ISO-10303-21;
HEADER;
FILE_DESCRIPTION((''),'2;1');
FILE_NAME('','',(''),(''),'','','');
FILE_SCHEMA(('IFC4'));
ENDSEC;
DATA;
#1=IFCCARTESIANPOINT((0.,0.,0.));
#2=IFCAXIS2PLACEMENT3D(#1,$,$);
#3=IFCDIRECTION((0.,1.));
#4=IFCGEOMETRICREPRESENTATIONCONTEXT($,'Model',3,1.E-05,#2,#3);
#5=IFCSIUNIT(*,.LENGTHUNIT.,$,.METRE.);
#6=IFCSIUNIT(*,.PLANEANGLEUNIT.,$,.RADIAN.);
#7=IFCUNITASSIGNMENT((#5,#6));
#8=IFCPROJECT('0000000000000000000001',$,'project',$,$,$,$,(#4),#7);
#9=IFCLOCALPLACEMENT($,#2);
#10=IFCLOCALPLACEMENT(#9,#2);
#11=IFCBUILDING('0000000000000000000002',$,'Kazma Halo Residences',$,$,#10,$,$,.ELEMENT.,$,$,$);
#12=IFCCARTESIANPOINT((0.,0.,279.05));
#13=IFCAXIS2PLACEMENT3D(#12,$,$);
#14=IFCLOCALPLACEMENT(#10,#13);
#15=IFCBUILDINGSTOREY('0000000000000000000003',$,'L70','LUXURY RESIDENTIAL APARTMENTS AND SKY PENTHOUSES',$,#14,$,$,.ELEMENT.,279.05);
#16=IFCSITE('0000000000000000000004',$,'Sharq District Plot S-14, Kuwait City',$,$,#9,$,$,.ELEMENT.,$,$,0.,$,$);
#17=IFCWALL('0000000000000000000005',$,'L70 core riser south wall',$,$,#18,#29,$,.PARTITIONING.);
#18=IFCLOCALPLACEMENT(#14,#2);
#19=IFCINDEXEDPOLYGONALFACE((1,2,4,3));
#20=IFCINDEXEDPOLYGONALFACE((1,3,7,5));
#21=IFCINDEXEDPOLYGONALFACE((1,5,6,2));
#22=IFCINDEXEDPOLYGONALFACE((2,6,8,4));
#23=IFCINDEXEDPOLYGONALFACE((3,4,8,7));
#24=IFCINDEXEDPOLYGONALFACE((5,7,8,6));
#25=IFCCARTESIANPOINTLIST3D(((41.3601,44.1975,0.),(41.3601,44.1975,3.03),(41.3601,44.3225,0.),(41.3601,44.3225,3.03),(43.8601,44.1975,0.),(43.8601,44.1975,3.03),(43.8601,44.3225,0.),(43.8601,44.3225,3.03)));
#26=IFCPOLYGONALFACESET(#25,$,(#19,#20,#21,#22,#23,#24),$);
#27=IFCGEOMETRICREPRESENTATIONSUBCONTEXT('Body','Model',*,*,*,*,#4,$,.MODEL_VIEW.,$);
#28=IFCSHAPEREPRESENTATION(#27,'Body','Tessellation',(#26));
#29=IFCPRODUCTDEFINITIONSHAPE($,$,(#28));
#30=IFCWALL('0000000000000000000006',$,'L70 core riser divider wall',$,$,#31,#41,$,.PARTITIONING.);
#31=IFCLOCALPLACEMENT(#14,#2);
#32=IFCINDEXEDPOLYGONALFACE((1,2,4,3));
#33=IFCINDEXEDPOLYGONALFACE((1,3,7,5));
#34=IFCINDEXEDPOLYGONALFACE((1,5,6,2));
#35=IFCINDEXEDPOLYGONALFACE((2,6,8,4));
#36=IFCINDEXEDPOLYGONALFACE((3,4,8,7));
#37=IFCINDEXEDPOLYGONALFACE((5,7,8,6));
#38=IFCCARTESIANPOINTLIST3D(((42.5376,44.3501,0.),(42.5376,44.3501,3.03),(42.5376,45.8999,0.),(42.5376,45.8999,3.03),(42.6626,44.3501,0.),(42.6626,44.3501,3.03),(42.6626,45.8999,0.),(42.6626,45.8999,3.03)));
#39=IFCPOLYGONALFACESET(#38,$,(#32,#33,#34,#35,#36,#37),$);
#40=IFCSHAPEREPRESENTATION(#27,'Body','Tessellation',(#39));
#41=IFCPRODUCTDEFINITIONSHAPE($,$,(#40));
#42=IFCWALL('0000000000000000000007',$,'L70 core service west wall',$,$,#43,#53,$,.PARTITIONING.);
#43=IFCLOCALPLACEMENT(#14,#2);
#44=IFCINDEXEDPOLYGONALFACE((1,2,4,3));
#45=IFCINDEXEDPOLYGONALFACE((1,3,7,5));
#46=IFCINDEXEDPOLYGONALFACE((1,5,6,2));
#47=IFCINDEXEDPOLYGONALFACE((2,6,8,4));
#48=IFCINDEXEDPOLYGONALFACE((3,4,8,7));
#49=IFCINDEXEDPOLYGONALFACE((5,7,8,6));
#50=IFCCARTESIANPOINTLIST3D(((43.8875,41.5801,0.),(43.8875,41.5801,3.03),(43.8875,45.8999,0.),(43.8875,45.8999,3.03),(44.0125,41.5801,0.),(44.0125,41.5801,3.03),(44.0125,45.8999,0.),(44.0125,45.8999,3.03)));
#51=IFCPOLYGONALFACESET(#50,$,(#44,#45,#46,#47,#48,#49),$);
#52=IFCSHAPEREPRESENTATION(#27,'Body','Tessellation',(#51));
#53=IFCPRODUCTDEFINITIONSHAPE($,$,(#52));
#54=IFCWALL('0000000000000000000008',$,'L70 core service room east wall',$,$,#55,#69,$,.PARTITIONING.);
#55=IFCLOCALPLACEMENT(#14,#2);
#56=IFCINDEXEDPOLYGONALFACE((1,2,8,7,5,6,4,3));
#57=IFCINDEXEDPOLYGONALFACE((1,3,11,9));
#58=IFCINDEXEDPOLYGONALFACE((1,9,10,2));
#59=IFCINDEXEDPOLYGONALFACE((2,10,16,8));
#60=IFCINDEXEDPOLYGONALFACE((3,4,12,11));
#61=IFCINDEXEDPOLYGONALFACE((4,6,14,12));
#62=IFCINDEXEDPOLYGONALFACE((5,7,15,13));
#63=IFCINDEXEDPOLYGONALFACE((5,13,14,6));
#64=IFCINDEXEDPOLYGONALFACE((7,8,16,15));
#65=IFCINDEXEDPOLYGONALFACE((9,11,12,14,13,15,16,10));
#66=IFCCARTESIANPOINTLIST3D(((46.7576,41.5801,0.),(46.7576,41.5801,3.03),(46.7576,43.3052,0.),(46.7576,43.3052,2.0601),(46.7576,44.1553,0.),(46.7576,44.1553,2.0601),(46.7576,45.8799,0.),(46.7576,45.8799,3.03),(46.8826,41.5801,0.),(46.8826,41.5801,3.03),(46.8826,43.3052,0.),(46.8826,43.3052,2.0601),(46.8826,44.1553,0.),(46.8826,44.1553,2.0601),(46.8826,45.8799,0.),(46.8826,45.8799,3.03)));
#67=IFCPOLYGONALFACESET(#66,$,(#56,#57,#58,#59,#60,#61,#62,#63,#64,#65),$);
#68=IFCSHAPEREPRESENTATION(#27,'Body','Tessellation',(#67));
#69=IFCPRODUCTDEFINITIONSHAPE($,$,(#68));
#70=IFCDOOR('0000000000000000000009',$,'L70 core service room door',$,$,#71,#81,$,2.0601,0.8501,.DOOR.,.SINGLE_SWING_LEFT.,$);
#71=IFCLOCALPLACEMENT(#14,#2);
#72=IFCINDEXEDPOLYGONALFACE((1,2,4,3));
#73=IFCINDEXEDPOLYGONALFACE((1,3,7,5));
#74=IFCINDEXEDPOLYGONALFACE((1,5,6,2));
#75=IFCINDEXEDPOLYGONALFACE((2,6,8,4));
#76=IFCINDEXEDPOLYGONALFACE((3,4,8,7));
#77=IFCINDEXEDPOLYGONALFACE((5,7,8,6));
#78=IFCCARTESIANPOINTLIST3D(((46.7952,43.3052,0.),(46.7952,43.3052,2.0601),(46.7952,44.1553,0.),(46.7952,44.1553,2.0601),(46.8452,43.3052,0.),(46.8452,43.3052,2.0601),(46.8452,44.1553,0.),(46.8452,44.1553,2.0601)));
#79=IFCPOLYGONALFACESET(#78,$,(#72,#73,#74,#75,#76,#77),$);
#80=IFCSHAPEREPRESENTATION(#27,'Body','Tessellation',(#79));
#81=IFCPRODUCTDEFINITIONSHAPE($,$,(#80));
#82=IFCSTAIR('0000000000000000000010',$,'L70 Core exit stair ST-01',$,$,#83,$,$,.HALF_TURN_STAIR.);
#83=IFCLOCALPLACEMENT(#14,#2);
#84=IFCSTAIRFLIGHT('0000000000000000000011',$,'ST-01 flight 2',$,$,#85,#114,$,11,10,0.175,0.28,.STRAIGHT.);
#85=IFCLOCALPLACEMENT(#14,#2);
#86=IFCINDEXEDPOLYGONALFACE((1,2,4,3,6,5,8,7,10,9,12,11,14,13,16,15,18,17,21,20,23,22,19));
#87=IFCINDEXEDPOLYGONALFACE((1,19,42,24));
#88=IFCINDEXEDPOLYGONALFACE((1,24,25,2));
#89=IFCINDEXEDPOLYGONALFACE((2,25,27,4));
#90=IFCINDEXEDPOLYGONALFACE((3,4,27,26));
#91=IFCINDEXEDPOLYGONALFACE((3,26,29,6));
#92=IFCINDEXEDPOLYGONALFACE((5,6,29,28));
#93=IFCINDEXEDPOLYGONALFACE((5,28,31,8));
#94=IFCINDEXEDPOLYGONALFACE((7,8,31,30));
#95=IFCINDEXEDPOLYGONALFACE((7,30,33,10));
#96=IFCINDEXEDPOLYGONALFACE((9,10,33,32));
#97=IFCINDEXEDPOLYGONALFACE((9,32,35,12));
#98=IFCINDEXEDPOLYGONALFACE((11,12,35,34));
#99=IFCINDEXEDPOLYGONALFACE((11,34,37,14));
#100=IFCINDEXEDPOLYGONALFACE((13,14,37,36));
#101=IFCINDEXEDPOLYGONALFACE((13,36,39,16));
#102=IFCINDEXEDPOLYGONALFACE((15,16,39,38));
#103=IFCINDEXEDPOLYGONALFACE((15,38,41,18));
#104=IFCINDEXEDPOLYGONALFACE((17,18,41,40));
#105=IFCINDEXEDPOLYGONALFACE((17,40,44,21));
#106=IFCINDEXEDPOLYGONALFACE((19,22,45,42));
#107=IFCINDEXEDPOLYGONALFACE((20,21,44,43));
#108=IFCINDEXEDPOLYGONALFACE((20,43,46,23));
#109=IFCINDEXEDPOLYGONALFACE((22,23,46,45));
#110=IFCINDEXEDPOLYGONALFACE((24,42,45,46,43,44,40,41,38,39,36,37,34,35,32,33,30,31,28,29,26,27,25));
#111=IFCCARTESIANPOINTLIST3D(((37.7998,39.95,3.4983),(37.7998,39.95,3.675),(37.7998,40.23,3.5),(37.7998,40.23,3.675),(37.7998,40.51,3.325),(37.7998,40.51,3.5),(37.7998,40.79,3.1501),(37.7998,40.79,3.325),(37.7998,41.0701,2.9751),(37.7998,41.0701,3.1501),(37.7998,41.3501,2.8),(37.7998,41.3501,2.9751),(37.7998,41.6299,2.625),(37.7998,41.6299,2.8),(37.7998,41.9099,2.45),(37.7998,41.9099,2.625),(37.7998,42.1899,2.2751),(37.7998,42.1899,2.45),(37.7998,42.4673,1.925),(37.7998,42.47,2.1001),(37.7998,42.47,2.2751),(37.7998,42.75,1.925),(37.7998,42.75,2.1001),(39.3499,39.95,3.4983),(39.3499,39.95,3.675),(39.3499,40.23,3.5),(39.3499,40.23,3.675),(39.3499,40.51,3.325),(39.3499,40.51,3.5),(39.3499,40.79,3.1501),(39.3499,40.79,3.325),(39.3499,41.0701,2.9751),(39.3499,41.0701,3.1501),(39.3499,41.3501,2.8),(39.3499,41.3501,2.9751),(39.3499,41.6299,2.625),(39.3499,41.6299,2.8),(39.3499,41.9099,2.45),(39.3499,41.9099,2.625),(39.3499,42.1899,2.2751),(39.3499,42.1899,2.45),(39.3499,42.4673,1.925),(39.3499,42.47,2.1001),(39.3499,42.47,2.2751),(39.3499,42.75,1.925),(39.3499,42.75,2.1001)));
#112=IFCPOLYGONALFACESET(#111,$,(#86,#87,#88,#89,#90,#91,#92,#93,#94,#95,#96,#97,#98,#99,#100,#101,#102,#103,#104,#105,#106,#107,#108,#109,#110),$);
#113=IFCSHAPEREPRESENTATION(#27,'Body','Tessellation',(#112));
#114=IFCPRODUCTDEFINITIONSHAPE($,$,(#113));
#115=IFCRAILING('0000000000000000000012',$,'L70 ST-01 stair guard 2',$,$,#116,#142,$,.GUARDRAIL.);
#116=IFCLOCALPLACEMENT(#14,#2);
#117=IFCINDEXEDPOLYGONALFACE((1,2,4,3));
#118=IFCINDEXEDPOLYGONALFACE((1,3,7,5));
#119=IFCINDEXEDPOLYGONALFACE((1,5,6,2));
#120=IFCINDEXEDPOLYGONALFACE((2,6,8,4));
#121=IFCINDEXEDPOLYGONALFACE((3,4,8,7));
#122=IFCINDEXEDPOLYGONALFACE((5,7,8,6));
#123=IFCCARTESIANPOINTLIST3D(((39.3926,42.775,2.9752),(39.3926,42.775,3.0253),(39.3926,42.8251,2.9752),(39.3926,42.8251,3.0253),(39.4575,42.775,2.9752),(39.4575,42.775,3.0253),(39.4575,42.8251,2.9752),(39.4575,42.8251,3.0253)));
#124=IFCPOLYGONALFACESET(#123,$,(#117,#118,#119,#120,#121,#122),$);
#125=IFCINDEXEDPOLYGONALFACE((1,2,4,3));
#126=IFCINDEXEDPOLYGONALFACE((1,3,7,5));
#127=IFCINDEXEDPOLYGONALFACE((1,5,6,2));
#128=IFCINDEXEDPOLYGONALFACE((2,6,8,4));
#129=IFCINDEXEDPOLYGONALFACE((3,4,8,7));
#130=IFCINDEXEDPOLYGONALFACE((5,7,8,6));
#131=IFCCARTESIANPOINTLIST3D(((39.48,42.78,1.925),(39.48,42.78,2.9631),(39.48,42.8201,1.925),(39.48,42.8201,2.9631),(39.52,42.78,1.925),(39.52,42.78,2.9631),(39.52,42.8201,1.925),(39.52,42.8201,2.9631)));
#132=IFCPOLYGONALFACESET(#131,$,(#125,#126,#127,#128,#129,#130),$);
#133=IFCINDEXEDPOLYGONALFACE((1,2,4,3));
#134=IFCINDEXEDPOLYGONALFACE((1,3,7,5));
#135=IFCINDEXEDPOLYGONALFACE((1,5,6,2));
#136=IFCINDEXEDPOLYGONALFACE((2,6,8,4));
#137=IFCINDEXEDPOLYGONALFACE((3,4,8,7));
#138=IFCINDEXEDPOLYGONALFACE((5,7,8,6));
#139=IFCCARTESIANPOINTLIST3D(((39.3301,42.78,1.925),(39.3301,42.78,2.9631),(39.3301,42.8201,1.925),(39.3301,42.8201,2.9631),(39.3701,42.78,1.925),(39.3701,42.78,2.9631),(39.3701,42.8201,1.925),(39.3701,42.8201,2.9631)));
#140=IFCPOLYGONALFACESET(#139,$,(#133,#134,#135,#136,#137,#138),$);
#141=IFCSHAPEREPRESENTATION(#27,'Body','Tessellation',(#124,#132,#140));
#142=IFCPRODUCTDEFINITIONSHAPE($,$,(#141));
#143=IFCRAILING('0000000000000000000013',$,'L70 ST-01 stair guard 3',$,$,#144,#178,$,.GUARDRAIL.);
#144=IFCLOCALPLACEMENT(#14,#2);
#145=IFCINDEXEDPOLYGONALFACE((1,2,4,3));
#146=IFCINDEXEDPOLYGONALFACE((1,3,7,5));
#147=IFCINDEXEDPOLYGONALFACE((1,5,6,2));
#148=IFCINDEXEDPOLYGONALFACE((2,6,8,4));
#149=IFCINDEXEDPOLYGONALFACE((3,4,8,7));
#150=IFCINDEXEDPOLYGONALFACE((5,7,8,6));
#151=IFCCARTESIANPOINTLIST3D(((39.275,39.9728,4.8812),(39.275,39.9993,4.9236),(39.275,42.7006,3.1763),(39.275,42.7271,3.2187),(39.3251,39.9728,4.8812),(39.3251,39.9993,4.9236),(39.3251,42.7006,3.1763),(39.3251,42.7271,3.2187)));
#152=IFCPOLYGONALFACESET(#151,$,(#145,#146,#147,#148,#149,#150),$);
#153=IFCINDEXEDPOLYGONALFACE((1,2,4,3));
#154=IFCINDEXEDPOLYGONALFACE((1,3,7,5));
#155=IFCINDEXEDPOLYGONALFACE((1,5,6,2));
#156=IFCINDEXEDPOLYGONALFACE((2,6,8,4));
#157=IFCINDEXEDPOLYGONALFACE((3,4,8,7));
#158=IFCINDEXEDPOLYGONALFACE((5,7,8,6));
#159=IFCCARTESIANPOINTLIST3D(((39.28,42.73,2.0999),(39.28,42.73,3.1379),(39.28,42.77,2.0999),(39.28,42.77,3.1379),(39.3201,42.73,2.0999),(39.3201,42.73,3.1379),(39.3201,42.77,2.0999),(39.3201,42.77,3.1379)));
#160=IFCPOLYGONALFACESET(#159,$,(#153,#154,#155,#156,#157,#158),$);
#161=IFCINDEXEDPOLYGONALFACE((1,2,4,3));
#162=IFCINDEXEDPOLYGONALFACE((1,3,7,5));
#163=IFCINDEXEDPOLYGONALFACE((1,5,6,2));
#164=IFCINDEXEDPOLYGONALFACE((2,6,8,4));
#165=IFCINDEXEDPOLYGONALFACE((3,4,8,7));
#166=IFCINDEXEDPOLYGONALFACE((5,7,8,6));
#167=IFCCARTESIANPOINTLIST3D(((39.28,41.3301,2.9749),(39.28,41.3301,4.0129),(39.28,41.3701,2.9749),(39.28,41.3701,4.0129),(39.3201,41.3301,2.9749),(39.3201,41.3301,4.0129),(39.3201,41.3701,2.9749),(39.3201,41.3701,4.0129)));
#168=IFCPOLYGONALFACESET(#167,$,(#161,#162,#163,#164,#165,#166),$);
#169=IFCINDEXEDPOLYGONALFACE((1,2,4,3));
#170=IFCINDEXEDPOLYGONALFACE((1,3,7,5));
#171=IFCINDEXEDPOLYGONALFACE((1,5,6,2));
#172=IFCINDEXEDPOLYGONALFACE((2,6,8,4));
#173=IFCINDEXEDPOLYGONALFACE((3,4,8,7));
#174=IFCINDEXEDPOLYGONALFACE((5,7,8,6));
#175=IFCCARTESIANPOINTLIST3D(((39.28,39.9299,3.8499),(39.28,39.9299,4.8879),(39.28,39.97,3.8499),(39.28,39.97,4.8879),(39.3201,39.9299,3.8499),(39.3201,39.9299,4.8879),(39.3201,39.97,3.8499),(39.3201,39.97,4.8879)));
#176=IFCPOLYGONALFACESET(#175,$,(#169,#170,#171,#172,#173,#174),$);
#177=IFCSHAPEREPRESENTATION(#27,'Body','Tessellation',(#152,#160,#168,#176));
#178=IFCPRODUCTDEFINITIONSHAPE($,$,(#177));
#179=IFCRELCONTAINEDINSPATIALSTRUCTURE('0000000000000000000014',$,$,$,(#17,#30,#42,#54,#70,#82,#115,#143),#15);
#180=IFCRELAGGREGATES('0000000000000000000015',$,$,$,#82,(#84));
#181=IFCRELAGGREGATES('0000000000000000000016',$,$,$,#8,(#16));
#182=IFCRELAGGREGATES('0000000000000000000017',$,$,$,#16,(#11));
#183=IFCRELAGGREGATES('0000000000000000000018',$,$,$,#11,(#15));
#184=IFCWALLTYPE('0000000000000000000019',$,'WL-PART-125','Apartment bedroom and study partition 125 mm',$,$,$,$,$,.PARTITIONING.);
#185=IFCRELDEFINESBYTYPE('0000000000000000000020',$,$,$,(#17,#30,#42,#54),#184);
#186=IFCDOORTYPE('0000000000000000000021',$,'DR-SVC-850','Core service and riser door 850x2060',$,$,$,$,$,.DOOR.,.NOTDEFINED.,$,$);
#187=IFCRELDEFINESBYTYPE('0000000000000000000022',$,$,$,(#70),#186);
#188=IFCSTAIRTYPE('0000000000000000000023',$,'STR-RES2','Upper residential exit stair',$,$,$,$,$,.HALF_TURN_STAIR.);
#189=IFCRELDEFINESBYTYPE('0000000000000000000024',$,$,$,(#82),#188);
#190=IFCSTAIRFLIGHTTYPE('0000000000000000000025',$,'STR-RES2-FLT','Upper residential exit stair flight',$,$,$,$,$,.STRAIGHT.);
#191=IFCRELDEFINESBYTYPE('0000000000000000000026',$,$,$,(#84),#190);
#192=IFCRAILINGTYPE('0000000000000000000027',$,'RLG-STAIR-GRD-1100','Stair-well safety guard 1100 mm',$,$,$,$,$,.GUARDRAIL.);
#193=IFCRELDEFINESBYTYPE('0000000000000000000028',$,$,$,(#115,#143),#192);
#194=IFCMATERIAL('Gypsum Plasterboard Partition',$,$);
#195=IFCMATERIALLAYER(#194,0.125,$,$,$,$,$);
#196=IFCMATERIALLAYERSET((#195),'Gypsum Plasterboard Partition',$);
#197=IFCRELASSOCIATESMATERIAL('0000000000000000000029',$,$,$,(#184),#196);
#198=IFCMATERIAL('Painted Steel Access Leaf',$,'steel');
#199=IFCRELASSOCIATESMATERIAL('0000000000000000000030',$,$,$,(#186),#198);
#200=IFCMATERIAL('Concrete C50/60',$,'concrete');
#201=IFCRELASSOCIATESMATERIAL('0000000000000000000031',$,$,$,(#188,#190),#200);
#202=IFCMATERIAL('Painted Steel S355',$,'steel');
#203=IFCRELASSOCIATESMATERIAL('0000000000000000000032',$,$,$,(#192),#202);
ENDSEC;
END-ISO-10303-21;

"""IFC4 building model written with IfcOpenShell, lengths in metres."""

from ifc_helpers import new_model, si_unit, direction, frame, frame_2d, origin, origin_2d, place, context, subcontext, project, spatial, polyline, rectangle, outline, extrude, material, layer, layer_set, type_object, element, fill, aggregate, save


model = new_model("IFC4")

# Units and contexts
model_context = context("Model", 3, precision=1e-05, world=origin(), true_north=direction((0.0, 1.0)))
body_context = subcontext(model_context, "Body", "Model", "MODEL_VIEW")
ifc_project = project(units=[si_unit("LENGTHUNIT", "METRE"), si_unit("PLANEANGLEUNIT", "RADIAN")], contexts=[model_context])

# Site, building, storey
site_placement = place(None, origin())
site = spatial("IfcSite", under=ifc_project, at=site_placement, Name="Sharq District Plot S-14, Kuwait City", CompositionType="ELEMENT", RefElevation=0.0)
building_placement = place(site_placement, origin())
building = spatial("IfcBuilding", under=site, at=building_placement, Name="Kazma Halo Residences", CompositionType="ELEMENT")
storey_placement = place(building_placement, frame((0.0, 0.0, 279.05)))
storey = spatial("IfcBuildingStorey", under=building, at=storey_placement, Name="L70", Description="LUXURY RESIDENTIAL APARTMENTS AND SKY PENTHOUSES", CompositionType="ELEMENT", Elevation=279.05)

# Shared definitions
ifc_material_1 = material(Name="Gypsum Plasterboard Partition")
ifc_layer_1 = layer(ifc_material_1, 0.125)
ifc_layer_set_1 = layer_set([ifc_layer_1], Name="Gypsum Plasterboard Partition")
wall_type_1 = type_object("IfcWallType", Name="WL-PART-125", Description="Apartment bedroom and study partition 125 mm", PredefinedType="PARTITIONING", material=ifc_layer_set_1)

# Shared definitions
ifc_material_2 = material(Name="Painted Steel Access Leaf", Category="steel")
door_type_1 = type_object("IfcDoorType", Name="DR-SVC-850", Description="Core service and riser door 850x2060", OperationType="NOTDEFINED", PredefinedType="DOOR", material=ifc_material_2)

# Walls
wall_1_placement = place(storey_placement, frame((41.3601, 44.26, 0.0), z_axis=(0.0, 0.0, 1.0), x_axis=(1.0, 0.0, 0.0)))
element("IfcWall", 1, at=wall_1_placement, inside=storey, type_object=wall_type_1, Name="L70 core riser south wall", PredefinedType="PARTITIONING", context=body_context, shape_type="SweptSolid", body=[
    extrude(rectangle(XDim=2.5, YDim=0.125, at=frame_2d((1.25, 0.0))), origin(), (0.0, 0.0, 1.0), 3.03),
])
wall_2_placement = place(storey_placement, frame((42.6001, 44.3501, 0.0), z_axis=(0.0, 0.0, 1.0), x_axis=(0.0, 1.0, 0.0)))
element("IfcWall", 2, at=wall_2_placement, inside=storey, type_object=wall_type_1, Name="L70 core riser divider wall", PredefinedType="PARTITIONING", context=body_context, shape_type="SweptSolid", body=[
    extrude(rectangle(XDim=1.5498, YDim=0.125, at=frame_2d((0.7749, 0.0))), origin(), (0.0, 0.0, 1.0), 3.03),
])
wall_3_placement = place(storey_placement, frame((43.95, 41.5801, 0.0), z_axis=(0.0, 0.0, 1.0), x_axis=(0.0, 1.0, 0.0)))
element("IfcWall", 3, at=wall_3_placement, inside=storey, type_object=wall_type_1, Name="L70 core service west wall", PredefinedType="PARTITIONING", context=body_context, shape_type="SweptSolid", body=[
    extrude(rectangle(XDim=4.3198, YDim=0.125, at=frame_2d((2.1599, 0.0))), origin(), (0.0, 0.0, 1.0), 3.03),
])

# Wall, opening, door
wall_4_placement = place(storey_placement, frame((46.8201, 41.5801, 0.0), z_axis=(0.0, 0.0, 1.0), x_axis=(0.0, 1.0, 0.0)))
wall_4 = element("IfcWall", 4, at=wall_4_placement, inside=storey, type_object=wall_type_1, Name="L70 core service room east wall", PredefinedType="PARTITIONING", context=body_context, shape_type="SweptSolid", body=[
    extrude(rectangle(XDim=4.2998, YDim=0.125, at=frame_2d((2.1499, 0.0))), origin(), (0.0, 0.0, 1.0), 3.03),
])
opening_1_placement = place(wall_4_placement, frame((1.7251, 0.0, 0.0)))
opening_1 = element("IfcOpeningElement", 5, at=opening_1_placement, cuts=wall_4, PredefinedType="OPENING", context=body_context, shape_type="SweptSolid", body=[
    extrude(rectangle(XDim=0.8501, YDim=2.0601, at=frame_2d((0.425, 1.03))), frame((0.0, 0.0725, 0.0), z_axis=(0.0, -1.0, 0.0), x_axis=(1.0, 0.0, 0.0)), (0.0, 0.0, 1.0), 0.145),
])
door_1_placement = place(opening_1_placement, origin())
door_1 = element("IfcDoor", 6, at=door_1_placement, inside=storey, type_object=door_type_1, Name="L70 core service room door", OperationType="SINGLE_SWING_LEFT", OverallHeight=2.0601, OverallWidth=0.8501, PredefinedType="DOOR", context=body_context, shape_type="SweptSolid", body=[
    extrude(rectangle(XDim=0.8501, YDim=2.0601, at=frame_2d((0.425, 1.03))), frame((0.0, 0.0249, 0.0), z_axis=(0.0, -1.0, 0.0), x_axis=(1.0, 0.0, 0.0)), (0.0, 0.0, 1.0), 0.05),
])
fill(opening_1, door_1)

# Stair, stair flight
ifc_material_3 = material(Name="Concrete C50/60", Category="concrete")
stair_type = type_object("IfcStairType", Name="STR-RES2", Description="Upper residential exit stair", PredefinedType="HALF_TURN_STAIR", material=ifc_material_3)
stair_placement = place(storey_placement, origin())
stair = element("IfcStair", 7, at=stair_placement, inside=storey, type_object=stair_type, Name="L70 Core exit stair ST-01", PredefinedType="HALF_TURN_STAIR")
stair_flight_type = type_object("IfcStairFlightType", Name="STR-RES2-FLT", Description="Upper residential exit stair flight", PredefinedType="STRAIGHT", material=ifc_material_3)
stair_flight_placement = place(storey_placement, frame((38.575, 42.75, 1.925), z_axis=(0.0, 0.0, 1.0), x_axis=(0.0, -1.0, 0.0)))
stair_flight = element("IfcStairFlight", 8, at=stair_flight_placement, type_object=stair_flight_type, Name="ST-01 flight 2", NumberOfRisers=11, NumberOfTreads=10, PredefinedType="STRAIGHT", RiserHeight=0.175, TreadLength=0.28, context=body_context, shape_type="SweptSolid", body=[
    extrude(outline(polyline([(0.0, 0.0), (0.0, 0.175), (0.28, 0.175), (0.28, 0.3501), (0.5601, 0.3501), (0.5601, 0.5249), (0.8401, 0.5249), (0.8401, 0.7), (1.1201, 0.7), (1.1201, 0.875), (1.3999, 0.875), (1.3999, 1.05), (1.6799, 1.05), (1.6799, 1.2251), (1.96, 1.2251), (1.96, 1.3999), (2.24, 1.3999), (2.24, 1.575), (2.52, 1.575), (2.52, 1.75), (2.8, 1.75), (2.8, 1.925), (2.8, 1.5732), (0.2827, 0.0), (0.0, 0.0)])), frame((0.0, 0.7749, 0.0), z_axis=(0.0, -1.0, 0.0), x_axis=(1.0, 0.0, 0.0)), (0.0, 0.0, 1.0), 1.55),
])
aggregate(stair, [stair_flight])

# Railings
ifc_material_4 = material(Name="Painted Steel S355", Category="steel")
railing_type_1 = type_object("IfcRailingType", Name="RLG-STAIR-GRD-1100", Description="Stair-well safety guard 1100 mm", PredefinedType="GUARDRAIL", material=ifc_material_4)
railing_1_placement = place(storey_placement, frame((39.5, 42.8, 1.925)))
element("IfcRailing", 9, at=railing_1_placement, inside=storey, type_object=railing_type_1, Name="L70 ST-01 stair guard 2", PredefinedType="GUARDRAIL", context=body_context, shape_type="SweptSolid", body=[
    extrude(rectangle(XDim=0.05, YDim=0.05, at=origin_2d()), frame((-0.0425, 0.0, 1.0752), z_axis=(-1.0, 0.0, 0.0), x_axis=(0.0, -1.0, 0.0)), (0.0, 0.0, 1.0), 0.0649),
    extrude(rectangle(XDim=0.04, YDim=0.04, at=origin_2d()), origin(), (0.0, 0.0, 1.0), 1.0381),
    extrude(rectangle(XDim=0.04, YDim=0.04, at=origin_2d()), frame((-0.1499, 0.0, 0.0)), (0.0, 0.0, 1.0), 1.0381),
])
railing_2_placement = place(storey_placement, frame((39.3, 42.75, 2.0999)))
element("IfcRailing", 10, at=railing_2_placement, inside=storey, type_object=railing_type_1, Name="L70 ST-01 stair guard 3", PredefinedType="GUARDRAIL", context=body_context, shape_type="SweptSolid", body=[
    extrude(rectangle(XDim=0.05, YDim=0.05, at=origin_2d()), frame((0.0, -0.0361, 1.0977), z_axis=(0.0, -0.848002, 0.529992), x_axis=(1.0, 0.0, 0.0)), (0.0, 0.0, 1.0), 3.2168),
    extrude(rectangle(XDim=0.04, YDim=0.04, at=origin_2d()), origin(), (0.0, 0.0, 1.0), 1.0381),
    extrude(rectangle(XDim=0.04, YDim=0.04, at=origin_2d()), frame((0.0, -1.3999, 0.875)), (0.0, 0.0, 1.0), 1.0381),
    extrude(rectangle(XDim=0.04, YDim=0.04, at=origin_2d()), frame((0.0, -2.8, 1.75)), (0.0, 0.0, 1.0), 1.0381),
])

save(model, "model.ifc")
